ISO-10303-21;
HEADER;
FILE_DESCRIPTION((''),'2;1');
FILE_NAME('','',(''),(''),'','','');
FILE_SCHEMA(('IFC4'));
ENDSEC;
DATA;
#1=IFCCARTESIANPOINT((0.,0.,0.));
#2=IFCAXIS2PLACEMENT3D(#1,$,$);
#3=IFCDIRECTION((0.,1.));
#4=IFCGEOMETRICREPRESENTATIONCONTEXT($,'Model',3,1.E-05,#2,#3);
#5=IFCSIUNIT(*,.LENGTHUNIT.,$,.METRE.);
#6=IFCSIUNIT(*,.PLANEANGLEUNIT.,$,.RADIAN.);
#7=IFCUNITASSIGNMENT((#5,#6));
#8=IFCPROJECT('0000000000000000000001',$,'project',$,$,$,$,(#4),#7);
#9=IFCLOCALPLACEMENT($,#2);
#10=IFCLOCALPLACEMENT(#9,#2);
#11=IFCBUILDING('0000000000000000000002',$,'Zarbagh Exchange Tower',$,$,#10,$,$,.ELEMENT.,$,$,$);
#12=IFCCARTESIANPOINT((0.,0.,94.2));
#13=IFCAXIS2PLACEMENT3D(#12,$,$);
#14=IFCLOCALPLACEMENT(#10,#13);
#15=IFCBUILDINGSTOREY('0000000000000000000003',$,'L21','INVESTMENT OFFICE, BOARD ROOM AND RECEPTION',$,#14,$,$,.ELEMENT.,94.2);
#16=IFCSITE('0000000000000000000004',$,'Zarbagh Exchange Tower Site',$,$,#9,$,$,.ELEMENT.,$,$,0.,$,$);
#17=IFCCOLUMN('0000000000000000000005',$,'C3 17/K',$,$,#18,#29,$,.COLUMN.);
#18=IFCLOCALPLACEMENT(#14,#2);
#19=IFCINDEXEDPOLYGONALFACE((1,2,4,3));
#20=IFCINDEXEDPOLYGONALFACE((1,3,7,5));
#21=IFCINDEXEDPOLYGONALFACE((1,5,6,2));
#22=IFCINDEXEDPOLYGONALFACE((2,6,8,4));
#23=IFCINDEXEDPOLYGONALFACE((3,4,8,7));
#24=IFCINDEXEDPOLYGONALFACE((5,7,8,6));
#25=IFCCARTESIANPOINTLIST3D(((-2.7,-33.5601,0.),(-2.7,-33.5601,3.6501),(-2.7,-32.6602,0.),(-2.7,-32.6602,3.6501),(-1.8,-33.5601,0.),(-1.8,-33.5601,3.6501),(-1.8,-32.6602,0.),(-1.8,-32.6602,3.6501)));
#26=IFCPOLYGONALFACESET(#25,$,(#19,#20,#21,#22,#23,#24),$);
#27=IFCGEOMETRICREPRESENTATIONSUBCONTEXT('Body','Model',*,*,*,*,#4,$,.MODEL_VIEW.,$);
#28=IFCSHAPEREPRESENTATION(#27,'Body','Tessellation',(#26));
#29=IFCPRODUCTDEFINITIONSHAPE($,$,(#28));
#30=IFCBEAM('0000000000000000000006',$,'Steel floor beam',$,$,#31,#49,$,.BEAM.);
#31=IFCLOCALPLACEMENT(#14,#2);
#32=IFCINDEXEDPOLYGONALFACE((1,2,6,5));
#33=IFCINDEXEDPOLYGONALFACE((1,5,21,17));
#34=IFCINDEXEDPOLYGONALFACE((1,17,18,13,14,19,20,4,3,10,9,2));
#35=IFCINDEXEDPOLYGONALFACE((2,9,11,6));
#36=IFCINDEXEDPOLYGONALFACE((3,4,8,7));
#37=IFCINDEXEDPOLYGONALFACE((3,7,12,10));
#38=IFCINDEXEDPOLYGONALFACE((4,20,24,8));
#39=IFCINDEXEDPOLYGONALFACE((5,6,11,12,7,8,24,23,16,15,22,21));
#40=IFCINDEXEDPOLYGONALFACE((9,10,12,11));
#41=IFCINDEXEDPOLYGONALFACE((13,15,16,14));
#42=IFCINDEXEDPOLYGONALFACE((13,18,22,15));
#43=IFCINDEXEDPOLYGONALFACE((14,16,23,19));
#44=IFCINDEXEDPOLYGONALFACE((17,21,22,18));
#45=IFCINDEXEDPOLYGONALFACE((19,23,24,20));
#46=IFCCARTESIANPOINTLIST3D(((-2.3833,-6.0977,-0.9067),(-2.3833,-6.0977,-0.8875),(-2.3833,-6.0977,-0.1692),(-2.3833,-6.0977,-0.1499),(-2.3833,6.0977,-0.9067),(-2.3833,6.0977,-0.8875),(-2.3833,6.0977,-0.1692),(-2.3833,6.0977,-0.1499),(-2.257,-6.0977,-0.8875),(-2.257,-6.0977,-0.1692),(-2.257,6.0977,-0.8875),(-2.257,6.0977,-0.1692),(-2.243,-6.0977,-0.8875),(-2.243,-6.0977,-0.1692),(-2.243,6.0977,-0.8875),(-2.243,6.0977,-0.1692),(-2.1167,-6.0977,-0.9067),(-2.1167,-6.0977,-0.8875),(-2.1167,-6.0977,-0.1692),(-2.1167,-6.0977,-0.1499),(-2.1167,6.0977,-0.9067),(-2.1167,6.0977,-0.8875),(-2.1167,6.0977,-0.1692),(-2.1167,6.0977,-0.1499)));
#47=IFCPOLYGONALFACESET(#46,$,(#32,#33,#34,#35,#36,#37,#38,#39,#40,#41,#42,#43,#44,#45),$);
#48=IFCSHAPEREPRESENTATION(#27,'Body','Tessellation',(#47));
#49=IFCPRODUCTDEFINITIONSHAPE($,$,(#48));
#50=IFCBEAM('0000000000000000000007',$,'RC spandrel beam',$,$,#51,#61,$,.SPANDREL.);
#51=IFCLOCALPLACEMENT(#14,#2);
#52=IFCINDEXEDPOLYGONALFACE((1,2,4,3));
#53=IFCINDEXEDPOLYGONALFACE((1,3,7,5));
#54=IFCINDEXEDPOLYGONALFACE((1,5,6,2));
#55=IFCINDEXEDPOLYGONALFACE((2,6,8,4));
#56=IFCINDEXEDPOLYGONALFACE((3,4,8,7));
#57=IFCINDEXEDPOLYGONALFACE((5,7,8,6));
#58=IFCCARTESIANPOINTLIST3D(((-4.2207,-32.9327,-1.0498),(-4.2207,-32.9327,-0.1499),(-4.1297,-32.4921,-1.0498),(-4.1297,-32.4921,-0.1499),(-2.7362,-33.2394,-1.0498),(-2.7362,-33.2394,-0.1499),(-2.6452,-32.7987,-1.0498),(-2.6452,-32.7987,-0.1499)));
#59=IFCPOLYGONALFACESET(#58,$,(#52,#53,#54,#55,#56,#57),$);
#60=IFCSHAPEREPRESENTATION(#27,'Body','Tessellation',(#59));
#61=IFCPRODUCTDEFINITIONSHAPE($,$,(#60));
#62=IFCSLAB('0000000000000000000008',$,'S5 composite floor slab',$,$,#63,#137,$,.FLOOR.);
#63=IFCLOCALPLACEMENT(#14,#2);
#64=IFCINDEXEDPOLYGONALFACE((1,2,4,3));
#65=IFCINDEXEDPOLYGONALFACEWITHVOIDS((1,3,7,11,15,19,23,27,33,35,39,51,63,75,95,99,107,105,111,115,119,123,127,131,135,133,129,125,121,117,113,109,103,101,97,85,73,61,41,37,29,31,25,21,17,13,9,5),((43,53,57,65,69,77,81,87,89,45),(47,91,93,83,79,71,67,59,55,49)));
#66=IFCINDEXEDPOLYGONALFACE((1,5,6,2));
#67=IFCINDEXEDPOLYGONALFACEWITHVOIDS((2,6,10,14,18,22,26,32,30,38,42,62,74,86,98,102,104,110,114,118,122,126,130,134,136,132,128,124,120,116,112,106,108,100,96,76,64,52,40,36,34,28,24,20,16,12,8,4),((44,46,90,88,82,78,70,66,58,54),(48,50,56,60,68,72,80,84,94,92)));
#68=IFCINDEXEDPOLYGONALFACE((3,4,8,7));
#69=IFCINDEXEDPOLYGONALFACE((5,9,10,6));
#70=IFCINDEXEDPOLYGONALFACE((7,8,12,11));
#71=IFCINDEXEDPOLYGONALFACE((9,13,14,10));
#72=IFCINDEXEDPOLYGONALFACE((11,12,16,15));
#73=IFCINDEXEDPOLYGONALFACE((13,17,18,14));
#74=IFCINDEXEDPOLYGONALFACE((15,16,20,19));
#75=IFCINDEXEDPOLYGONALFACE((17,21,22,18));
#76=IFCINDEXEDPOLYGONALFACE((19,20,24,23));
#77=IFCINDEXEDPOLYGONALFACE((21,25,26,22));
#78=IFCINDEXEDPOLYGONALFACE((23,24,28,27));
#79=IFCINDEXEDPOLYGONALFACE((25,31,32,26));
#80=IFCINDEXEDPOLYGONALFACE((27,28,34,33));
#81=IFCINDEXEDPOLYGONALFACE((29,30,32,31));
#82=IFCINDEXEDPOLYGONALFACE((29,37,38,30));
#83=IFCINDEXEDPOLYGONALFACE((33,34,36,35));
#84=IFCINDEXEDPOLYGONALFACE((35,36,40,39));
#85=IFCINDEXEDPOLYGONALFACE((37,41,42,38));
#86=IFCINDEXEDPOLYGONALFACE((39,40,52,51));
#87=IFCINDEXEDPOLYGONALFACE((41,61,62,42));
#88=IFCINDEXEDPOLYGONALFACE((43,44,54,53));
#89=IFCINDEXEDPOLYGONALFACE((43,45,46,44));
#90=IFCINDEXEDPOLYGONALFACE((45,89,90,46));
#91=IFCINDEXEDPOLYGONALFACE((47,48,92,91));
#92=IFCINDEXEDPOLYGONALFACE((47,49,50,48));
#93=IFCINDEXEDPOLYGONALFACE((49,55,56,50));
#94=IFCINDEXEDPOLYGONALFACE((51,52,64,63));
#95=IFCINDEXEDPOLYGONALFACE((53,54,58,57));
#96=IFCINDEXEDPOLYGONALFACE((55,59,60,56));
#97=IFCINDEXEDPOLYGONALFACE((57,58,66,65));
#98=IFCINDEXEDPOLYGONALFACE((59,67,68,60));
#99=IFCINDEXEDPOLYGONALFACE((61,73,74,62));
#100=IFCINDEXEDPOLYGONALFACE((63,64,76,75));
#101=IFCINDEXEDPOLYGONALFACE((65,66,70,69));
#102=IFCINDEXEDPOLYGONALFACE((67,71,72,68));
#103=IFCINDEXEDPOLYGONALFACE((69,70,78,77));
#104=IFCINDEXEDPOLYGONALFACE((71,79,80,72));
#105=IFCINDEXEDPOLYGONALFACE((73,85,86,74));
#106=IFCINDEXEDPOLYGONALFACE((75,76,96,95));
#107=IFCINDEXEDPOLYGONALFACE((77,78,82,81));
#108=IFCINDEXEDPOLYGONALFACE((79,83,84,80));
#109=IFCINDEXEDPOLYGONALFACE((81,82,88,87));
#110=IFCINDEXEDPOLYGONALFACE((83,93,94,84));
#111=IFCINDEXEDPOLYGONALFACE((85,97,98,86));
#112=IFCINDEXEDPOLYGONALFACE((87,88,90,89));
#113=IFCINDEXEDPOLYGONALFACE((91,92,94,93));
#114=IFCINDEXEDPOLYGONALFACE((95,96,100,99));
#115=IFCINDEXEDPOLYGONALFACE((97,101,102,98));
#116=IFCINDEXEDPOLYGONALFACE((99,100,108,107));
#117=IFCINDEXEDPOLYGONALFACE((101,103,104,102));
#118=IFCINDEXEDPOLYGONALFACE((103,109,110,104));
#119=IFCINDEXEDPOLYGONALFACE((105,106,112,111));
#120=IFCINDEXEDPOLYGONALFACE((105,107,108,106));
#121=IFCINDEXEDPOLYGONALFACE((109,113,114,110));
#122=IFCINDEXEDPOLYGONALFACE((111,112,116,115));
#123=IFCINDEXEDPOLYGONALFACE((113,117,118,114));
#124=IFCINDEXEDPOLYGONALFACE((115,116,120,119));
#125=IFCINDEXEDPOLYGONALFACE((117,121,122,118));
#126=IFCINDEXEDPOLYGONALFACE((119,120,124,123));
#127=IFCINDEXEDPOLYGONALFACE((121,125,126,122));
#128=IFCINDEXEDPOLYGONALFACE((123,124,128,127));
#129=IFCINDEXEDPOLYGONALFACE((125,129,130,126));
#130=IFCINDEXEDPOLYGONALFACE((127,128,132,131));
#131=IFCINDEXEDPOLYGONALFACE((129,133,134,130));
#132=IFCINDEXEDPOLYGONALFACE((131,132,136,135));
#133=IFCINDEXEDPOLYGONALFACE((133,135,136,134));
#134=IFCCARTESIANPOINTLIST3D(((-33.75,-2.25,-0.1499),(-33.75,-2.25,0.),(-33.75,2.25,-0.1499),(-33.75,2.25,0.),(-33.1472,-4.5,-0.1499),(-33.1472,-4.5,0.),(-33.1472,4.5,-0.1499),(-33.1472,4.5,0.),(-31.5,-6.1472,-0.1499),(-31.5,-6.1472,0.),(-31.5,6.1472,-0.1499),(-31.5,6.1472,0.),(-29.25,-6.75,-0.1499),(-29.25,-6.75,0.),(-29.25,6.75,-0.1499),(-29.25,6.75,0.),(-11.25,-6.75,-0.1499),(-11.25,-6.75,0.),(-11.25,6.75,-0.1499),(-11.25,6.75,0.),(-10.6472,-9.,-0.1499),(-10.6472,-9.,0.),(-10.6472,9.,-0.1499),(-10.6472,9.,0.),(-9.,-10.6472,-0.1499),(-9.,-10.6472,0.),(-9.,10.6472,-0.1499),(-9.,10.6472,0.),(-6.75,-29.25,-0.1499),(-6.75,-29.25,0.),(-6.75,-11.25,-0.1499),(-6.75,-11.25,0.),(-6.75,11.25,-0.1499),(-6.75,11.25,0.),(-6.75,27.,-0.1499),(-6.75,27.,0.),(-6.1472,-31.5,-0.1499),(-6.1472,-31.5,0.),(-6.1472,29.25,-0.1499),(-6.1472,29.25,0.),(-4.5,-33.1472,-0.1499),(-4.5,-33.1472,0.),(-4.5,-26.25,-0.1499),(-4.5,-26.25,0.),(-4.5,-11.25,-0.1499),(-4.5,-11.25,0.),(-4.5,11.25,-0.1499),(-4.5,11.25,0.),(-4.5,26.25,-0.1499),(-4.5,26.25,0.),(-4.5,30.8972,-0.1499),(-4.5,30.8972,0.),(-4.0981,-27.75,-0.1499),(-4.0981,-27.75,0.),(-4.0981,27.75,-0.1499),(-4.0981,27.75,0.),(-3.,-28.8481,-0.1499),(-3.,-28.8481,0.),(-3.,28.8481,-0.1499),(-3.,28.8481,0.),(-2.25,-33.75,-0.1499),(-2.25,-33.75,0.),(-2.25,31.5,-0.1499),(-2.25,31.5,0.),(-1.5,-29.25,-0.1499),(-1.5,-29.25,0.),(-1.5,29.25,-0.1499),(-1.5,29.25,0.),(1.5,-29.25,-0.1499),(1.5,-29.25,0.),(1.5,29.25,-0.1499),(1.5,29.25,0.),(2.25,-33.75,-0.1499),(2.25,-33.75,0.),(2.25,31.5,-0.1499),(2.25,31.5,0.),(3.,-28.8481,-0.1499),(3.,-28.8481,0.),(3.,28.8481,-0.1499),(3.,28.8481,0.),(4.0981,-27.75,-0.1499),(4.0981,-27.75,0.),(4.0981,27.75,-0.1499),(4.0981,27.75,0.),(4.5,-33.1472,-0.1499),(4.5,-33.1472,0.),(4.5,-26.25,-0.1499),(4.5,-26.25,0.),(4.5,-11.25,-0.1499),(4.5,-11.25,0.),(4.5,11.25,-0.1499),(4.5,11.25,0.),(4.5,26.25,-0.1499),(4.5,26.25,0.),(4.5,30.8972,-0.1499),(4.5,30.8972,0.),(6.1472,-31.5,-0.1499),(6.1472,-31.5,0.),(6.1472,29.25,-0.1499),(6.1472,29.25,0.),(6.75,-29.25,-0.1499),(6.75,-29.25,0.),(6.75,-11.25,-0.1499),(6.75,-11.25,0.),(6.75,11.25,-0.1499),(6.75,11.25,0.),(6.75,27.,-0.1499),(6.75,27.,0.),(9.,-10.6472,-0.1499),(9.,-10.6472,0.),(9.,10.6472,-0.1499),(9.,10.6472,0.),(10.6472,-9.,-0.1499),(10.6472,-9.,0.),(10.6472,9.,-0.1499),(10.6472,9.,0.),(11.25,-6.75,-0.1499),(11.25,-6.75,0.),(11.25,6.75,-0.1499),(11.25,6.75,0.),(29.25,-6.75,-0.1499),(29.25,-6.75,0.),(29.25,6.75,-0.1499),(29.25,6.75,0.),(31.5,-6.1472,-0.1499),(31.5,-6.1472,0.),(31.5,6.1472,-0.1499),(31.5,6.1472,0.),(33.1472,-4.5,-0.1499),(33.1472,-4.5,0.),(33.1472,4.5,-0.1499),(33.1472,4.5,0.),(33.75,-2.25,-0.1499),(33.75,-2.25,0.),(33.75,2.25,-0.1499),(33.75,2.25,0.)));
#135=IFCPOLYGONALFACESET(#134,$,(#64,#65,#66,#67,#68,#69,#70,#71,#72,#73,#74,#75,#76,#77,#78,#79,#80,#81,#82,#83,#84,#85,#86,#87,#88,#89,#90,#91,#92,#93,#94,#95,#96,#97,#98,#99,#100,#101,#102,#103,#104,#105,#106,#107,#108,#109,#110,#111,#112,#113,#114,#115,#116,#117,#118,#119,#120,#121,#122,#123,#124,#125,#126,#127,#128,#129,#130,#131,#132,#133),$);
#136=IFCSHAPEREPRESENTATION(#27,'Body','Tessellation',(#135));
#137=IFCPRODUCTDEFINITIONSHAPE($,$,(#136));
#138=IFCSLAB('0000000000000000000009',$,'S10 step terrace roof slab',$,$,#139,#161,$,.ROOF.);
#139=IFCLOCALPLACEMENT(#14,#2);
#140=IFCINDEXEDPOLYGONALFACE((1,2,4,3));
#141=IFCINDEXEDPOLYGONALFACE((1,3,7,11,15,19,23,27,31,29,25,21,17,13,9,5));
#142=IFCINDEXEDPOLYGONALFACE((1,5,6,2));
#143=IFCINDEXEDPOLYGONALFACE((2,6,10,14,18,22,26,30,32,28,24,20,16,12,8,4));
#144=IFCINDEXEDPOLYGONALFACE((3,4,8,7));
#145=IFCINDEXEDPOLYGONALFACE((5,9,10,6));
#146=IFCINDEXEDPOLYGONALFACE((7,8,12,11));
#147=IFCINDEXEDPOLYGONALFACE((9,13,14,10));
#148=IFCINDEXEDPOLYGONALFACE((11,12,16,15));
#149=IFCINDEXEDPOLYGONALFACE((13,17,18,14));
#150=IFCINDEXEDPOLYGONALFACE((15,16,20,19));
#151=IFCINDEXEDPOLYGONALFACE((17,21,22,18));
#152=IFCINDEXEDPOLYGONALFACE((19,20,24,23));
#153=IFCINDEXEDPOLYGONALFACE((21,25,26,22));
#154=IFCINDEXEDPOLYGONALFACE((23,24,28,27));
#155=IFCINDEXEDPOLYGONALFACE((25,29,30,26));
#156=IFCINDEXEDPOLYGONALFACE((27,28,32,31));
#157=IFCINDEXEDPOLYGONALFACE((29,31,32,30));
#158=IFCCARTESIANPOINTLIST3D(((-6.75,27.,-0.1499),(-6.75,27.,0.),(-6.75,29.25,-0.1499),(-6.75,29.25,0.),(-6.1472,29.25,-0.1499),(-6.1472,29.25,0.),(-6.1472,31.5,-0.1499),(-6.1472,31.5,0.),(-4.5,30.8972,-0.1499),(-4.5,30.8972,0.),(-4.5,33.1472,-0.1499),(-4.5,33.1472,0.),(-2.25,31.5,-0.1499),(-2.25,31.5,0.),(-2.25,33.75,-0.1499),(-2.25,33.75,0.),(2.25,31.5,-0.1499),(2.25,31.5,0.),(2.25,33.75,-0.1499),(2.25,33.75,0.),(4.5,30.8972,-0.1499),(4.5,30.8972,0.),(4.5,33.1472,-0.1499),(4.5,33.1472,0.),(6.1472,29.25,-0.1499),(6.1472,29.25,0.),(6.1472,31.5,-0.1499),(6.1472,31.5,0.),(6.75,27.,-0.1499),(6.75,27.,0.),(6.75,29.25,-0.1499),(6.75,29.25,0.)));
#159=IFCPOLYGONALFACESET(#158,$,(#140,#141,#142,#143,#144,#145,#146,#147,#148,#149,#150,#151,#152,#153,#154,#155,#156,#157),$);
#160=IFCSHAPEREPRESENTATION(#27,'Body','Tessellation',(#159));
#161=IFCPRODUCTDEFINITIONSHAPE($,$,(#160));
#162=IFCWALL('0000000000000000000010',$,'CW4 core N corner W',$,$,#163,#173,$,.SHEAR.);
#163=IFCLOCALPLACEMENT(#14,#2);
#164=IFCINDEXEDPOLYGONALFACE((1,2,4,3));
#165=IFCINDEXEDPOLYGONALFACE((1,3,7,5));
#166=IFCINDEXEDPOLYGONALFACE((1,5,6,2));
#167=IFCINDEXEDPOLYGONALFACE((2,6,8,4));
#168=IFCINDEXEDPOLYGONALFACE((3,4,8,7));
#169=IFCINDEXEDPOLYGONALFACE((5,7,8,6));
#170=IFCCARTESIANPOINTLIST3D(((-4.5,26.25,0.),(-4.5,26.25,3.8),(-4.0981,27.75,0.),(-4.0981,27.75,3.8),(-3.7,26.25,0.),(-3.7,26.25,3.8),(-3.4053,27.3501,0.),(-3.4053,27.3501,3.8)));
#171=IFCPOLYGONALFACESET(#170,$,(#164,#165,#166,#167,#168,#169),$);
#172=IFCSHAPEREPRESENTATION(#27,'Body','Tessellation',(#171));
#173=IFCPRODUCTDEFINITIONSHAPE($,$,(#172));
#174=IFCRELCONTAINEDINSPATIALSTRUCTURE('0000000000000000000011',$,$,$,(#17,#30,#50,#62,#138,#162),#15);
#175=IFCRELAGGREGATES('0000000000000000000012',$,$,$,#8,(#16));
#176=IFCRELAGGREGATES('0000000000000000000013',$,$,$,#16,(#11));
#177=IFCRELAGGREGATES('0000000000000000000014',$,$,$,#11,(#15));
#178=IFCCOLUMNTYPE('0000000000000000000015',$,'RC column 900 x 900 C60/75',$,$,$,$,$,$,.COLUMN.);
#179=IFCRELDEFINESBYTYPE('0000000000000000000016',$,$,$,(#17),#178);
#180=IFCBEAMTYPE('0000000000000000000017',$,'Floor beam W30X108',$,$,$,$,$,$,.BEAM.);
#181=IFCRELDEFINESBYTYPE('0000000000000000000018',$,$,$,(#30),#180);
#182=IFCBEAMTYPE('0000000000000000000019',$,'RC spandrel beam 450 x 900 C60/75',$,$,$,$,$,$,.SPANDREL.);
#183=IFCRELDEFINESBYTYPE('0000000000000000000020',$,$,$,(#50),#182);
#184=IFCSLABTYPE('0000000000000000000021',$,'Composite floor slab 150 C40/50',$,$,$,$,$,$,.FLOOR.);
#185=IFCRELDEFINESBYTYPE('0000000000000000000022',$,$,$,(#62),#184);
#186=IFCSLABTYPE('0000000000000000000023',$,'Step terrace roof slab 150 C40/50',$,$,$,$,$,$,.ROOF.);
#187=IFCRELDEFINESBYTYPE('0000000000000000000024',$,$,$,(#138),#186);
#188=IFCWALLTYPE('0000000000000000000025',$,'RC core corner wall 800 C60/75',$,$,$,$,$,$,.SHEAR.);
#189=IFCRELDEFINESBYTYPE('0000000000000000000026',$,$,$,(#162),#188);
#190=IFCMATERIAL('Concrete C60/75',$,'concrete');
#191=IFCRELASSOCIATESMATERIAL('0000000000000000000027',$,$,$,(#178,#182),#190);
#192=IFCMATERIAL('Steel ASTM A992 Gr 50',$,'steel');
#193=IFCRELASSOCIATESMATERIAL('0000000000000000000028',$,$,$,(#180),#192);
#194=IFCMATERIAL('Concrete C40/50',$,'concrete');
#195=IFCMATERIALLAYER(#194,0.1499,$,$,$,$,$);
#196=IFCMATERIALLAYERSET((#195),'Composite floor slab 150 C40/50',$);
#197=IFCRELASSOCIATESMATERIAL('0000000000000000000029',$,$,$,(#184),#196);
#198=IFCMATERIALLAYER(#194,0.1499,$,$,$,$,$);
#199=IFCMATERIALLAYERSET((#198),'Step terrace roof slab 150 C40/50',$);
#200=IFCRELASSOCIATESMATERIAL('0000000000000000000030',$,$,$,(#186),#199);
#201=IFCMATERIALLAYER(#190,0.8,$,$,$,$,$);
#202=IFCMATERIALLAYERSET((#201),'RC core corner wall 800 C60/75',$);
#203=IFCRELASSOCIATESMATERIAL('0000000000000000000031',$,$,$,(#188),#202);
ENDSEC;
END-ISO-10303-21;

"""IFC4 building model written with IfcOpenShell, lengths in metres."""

from ifc_helpers import new_model, si_unit, direction, frame, origin, origin_2d, place, context, subcontext, project, spatial, polyline, rectangle, i_section, outline, extrude, material, layer, layer_set, material_profile, profile_set, type_object, element, save


model = new_model("IFC4")

# Units and contexts
model_context = context("Model", 3, precision=1e-05, world=origin(), true_north=direction((0.0, 1.0)))
body_context = subcontext(model_context, "Body", "Model", "MODEL_VIEW")
ifc_project = project(units=[si_unit("LENGTHUNIT", "METRE"), si_unit("PLANEANGLEUNIT", "RADIAN")], contexts=[model_context])

# Site, building, storey
site_placement = place(None, origin())
site = spatial("IfcSite", under=ifc_project, at=site_placement, Name="Zarbagh Exchange Tower Site", CompositionType="ELEMENT", RefElevation=0.0)
building_placement = place(site_placement, origin())
building = spatial("IfcBuilding", under=site, at=building_placement, Name="Zarbagh Exchange Tower", CompositionType="ELEMENT")
storey_placement = place(building_placement, frame((0.0, 0.0, 94.2)))
storey = spatial("IfcBuildingStorey", under=building, at=storey_placement, Name="L21", Description="INVESTMENT OFFICE, BOARD ROOM AND RECEPTION", CompositionType="ELEMENT", Elevation=94.2)

# Column
ifc_material_1 = material(Name="Concrete C60/75", Category="concrete")
ifc_material_profile_1 = material_profile(ifc_material_1, rectangle(XDim=0.8999, YDim=0.8999, at=origin_2d()), Name="RC column 900 x 900 C60/75")
ifc_profile_set_1 = profile_set([ifc_material_profile_1], Name="Concrete C60/75")
column_type = type_object("IfcColumnType", Name="RC column 900 x 900 C60/75", PredefinedType="COLUMN", material=ifc_profile_set_1)
column_placement = place(storey_placement, frame((-2.25, -33.1101, 0.0), z_axis=(0.0, 0.0, 1.0), x_axis=(1.0, 0.0, 0.0)))
element("IfcColumn", 1, at=column_placement, inside=storey, type_object=column_type, Name="C3 17/K", PredefinedType="COLUMN", context=body_context, shape_type="SweptSolid", body=[
    extrude(rectangle(XDim=0.8999, YDim=0.8999, at=origin_2d()), origin(), (0.0, 0.0, 1.0), 3.6501),
])

# Beams
ifc_material_2 = material(Name="Steel ASTM A992 Gr 50", Category="steel")
ifc_material_profile_2 = material_profile(ifc_material_2, i_section(OverallWidth=0.2666, OverallDepth=0.7568, WebThickness=0.0139, FlangeThickness=0.0193, at=origin_2d()), Name="W30X108")
ifc_profile_set_2 = profile_set([ifc_material_profile_2], Name="Steel ASTM A992 Gr 50")
beam_type_1 = type_object("IfcBeamType", Name="Floor beam W30X108", PredefinedType="BEAM", material=ifc_profile_set_2)
beam_1_placement = place(storey_placement, frame((-2.25, -6.0977, -0.5283), z_axis=(0.0, 1.0, 0.0), x_axis=(-1.0, 0.0, 0.0)))
element("IfcBeam", 2, at=beam_1_placement, inside=storey, type_object=beam_type_1, Name="Steel floor beam", PredefinedType="BEAM", context=body_context, shape_type="SweptSolid", body=[
    extrude(i_section(OverallWidth=0.2666, OverallDepth=0.7568, WebThickness=0.0139, FlangeThickness=0.0193, at=origin_2d()), origin(), (0.0, 0.0, 1.0), 12.1953),
])
ifc_material_profile_3 = material_profile(ifc_material_1, rectangle(XDim=0.45, YDim=0.8999, at=origin_2d()), Name="RC spandrel beam 450 x 900 C60/75")
ifc_profile_set_3 = profile_set([ifc_material_profile_3], Name="Concrete C60/75")
beam_type_2 = type_object("IfcBeamType", Name="RC spandrel beam 450 x 900 C60/75", PredefinedType="SPANDREL", material=ifc_profile_set_3)
beam_2_placement = place(storey_placement, frame((-2.6907, -33.019, -0.5999), z_axis=(-0.979329, 0.202275, 0.0), x_axis=(-0.202275, -0.979329, 0.0)))
element("IfcBeam", 3, at=beam_2_placement, inside=storey, type_object=beam_type_2, Name="RC spandrel beam", PredefinedType="SPANDREL", context=body_context, shape_type="SweptSolid", body=[
    extrude(rectangle(XDim=0.45, YDim=0.8999, at=origin_2d()), origin(), (0.0, 0.0, 1.0), 1.5159),
])

# Slabs
ifc_material_3 = material(Name="Concrete C40/50", Category="concrete")
ifc_layer_1 = layer(ifc_material_3, 0.1499)
ifc_layer_set_1 = layer_set([ifc_layer_1], Name="Composite floor slab 150 C40/50")
slab_type_1 = type_object("IfcSlabType", Name="Composite floor slab 150 C40/50", PredefinedType="FLOOR", material=ifc_layer_set_1)
slab_1_placement = place(storey_placement, frame((0.0, 0.0, -0.1499)))
element("IfcSlab", 4, at=slab_1_placement, inside=storey, type_object=slab_type_1, Name="S5 composite floor slab", PredefinedType="FLOOR", context=body_context, shape_type="SweptSolid", body=[
    extrude(outline(polyline([(-2.25, -33.75), (-4.5, -33.1472), (-6.1472, -31.5), (-6.75, -29.25), (-6.75, -11.25), (-9.0, -10.6472), (-10.6472, -9.0), (-11.25, -6.75), (-29.25, -6.75), (-31.5, -6.1472), (-33.1472, -4.5), (-33.75, -2.25), (-33.75, 2.25), (-33.1472, 4.5), (-31.5, 6.1472), (-29.25, 6.75), (-11.25, 6.75), (-10.6472, 9.0), (-9.0, 10.6472), (-6.75, 11.25), (-6.75, 27.0), (-6.1472, 29.25), (-4.5, 30.8972), (-2.25, 31.5), (2.25, 31.5), (4.5, 30.8972), (6.1472, 29.25), (6.75, 27.0), (6.75, 11.25), (9.0, 10.6472), (10.6472, 9.0), (11.25, 6.75), (29.25, 6.75), (31.5, 6.1472), (33.1472, 4.5), (33.75, 2.25), (33.75, -2.25), (33.1472, -4.5), (31.5, -6.1472), (29.25, -6.75), (11.25, -6.75), (10.6472, -9.0), (9.0, -10.6472), (6.75, -11.25), (6.75, -29.25), (6.1472, -31.5), (4.5, -33.1472), (2.25, -33.75), (-2.25, -33.75)]), holes=[polyline([(4.5, 11.25), (4.5, 26.25), (4.0981, 27.75), (3.0, 28.8481), (1.5, 29.25), (-1.5, 29.25), (-3.0, 28.8481), (-4.0981, 27.75), (-4.5, 26.25), (-4.5, 11.25), (4.5, 11.25)]), polyline([(-1.5, -29.25), (1.5, -29.25), (3.0, -28.8481), (4.0981, -27.75), (4.5, -26.25), (4.5, -11.25), (-4.5, -11.25), (-4.5, -26.25), (-4.0981, -27.75), (-3.0, -28.8481), (-1.5, -29.25)])]), origin(), (0.0, 0.0, 1.0), 0.1499),
])
ifc_layer_2 = layer(ifc_material_3, 0.1499)
ifc_layer_set_2 = layer_set([ifc_layer_2], Name="Step terrace roof slab 150 C40/50")
slab_type_2 = type_object("IfcSlabType", Name="Step terrace roof slab 150 C40/50", PredefinedType="ROOF", material=ifc_layer_set_2)
slab_2_placement = place(storey_placement, frame((0.0, 0.0, -0.1499)))
element("IfcSlab", 5, at=slab_2_placement, inside=storey, type_object=slab_type_2, Name="S10 step terrace roof slab", PredefinedType="ROOF", context=body_context, shape_type="SweptSolid", body=[
    extrude(outline(polyline([(-6.75, 29.25), (-6.1472, 31.5), (-4.5, 33.1472), (-2.25, 33.75), (2.25, 33.75), (4.5, 33.1472), (6.1472, 31.5), (6.75, 29.25), (6.75, 27.0), (6.1472, 29.25), (4.5, 30.8972), (2.25, 31.5), (-2.25, 31.5), (-4.5, 30.8972), (-6.1472, 29.25), (-6.75, 27.0), (-6.75, 29.25)])), origin(), (0.0, 0.0, 1.0), 0.1499),
])

# Wall
ifc_layer_3 = layer(ifc_material_1, 0.8)
ifc_layer_set_3 = layer_set([ifc_layer_3], Name="RC core corner wall 800 C60/75")
wall_type_1 = type_object("IfcWallType", Name="RC core corner wall 800 C60/75", PredefinedType="SHEAR", material=ifc_layer_set_3)
wall_1_placement = place(storey_placement, origin())
element("IfcWall", 6, at=wall_1_placement, inside=storey, type_object=wall_type_1, Name="CW4 core N corner W", PredefinedType="SHEAR", context=body_context, shape_type="SweptSolid", body=[
    extrude(outline(polyline([(-4.5, 26.25), (-4.0981, 27.75), (-3.4053, 27.3501), (-3.7, 26.25), (-4.5, 26.25)])), origin(), (0.0, 0.0, 1.0), 3.8),
])

save(model, "model.ifc")
